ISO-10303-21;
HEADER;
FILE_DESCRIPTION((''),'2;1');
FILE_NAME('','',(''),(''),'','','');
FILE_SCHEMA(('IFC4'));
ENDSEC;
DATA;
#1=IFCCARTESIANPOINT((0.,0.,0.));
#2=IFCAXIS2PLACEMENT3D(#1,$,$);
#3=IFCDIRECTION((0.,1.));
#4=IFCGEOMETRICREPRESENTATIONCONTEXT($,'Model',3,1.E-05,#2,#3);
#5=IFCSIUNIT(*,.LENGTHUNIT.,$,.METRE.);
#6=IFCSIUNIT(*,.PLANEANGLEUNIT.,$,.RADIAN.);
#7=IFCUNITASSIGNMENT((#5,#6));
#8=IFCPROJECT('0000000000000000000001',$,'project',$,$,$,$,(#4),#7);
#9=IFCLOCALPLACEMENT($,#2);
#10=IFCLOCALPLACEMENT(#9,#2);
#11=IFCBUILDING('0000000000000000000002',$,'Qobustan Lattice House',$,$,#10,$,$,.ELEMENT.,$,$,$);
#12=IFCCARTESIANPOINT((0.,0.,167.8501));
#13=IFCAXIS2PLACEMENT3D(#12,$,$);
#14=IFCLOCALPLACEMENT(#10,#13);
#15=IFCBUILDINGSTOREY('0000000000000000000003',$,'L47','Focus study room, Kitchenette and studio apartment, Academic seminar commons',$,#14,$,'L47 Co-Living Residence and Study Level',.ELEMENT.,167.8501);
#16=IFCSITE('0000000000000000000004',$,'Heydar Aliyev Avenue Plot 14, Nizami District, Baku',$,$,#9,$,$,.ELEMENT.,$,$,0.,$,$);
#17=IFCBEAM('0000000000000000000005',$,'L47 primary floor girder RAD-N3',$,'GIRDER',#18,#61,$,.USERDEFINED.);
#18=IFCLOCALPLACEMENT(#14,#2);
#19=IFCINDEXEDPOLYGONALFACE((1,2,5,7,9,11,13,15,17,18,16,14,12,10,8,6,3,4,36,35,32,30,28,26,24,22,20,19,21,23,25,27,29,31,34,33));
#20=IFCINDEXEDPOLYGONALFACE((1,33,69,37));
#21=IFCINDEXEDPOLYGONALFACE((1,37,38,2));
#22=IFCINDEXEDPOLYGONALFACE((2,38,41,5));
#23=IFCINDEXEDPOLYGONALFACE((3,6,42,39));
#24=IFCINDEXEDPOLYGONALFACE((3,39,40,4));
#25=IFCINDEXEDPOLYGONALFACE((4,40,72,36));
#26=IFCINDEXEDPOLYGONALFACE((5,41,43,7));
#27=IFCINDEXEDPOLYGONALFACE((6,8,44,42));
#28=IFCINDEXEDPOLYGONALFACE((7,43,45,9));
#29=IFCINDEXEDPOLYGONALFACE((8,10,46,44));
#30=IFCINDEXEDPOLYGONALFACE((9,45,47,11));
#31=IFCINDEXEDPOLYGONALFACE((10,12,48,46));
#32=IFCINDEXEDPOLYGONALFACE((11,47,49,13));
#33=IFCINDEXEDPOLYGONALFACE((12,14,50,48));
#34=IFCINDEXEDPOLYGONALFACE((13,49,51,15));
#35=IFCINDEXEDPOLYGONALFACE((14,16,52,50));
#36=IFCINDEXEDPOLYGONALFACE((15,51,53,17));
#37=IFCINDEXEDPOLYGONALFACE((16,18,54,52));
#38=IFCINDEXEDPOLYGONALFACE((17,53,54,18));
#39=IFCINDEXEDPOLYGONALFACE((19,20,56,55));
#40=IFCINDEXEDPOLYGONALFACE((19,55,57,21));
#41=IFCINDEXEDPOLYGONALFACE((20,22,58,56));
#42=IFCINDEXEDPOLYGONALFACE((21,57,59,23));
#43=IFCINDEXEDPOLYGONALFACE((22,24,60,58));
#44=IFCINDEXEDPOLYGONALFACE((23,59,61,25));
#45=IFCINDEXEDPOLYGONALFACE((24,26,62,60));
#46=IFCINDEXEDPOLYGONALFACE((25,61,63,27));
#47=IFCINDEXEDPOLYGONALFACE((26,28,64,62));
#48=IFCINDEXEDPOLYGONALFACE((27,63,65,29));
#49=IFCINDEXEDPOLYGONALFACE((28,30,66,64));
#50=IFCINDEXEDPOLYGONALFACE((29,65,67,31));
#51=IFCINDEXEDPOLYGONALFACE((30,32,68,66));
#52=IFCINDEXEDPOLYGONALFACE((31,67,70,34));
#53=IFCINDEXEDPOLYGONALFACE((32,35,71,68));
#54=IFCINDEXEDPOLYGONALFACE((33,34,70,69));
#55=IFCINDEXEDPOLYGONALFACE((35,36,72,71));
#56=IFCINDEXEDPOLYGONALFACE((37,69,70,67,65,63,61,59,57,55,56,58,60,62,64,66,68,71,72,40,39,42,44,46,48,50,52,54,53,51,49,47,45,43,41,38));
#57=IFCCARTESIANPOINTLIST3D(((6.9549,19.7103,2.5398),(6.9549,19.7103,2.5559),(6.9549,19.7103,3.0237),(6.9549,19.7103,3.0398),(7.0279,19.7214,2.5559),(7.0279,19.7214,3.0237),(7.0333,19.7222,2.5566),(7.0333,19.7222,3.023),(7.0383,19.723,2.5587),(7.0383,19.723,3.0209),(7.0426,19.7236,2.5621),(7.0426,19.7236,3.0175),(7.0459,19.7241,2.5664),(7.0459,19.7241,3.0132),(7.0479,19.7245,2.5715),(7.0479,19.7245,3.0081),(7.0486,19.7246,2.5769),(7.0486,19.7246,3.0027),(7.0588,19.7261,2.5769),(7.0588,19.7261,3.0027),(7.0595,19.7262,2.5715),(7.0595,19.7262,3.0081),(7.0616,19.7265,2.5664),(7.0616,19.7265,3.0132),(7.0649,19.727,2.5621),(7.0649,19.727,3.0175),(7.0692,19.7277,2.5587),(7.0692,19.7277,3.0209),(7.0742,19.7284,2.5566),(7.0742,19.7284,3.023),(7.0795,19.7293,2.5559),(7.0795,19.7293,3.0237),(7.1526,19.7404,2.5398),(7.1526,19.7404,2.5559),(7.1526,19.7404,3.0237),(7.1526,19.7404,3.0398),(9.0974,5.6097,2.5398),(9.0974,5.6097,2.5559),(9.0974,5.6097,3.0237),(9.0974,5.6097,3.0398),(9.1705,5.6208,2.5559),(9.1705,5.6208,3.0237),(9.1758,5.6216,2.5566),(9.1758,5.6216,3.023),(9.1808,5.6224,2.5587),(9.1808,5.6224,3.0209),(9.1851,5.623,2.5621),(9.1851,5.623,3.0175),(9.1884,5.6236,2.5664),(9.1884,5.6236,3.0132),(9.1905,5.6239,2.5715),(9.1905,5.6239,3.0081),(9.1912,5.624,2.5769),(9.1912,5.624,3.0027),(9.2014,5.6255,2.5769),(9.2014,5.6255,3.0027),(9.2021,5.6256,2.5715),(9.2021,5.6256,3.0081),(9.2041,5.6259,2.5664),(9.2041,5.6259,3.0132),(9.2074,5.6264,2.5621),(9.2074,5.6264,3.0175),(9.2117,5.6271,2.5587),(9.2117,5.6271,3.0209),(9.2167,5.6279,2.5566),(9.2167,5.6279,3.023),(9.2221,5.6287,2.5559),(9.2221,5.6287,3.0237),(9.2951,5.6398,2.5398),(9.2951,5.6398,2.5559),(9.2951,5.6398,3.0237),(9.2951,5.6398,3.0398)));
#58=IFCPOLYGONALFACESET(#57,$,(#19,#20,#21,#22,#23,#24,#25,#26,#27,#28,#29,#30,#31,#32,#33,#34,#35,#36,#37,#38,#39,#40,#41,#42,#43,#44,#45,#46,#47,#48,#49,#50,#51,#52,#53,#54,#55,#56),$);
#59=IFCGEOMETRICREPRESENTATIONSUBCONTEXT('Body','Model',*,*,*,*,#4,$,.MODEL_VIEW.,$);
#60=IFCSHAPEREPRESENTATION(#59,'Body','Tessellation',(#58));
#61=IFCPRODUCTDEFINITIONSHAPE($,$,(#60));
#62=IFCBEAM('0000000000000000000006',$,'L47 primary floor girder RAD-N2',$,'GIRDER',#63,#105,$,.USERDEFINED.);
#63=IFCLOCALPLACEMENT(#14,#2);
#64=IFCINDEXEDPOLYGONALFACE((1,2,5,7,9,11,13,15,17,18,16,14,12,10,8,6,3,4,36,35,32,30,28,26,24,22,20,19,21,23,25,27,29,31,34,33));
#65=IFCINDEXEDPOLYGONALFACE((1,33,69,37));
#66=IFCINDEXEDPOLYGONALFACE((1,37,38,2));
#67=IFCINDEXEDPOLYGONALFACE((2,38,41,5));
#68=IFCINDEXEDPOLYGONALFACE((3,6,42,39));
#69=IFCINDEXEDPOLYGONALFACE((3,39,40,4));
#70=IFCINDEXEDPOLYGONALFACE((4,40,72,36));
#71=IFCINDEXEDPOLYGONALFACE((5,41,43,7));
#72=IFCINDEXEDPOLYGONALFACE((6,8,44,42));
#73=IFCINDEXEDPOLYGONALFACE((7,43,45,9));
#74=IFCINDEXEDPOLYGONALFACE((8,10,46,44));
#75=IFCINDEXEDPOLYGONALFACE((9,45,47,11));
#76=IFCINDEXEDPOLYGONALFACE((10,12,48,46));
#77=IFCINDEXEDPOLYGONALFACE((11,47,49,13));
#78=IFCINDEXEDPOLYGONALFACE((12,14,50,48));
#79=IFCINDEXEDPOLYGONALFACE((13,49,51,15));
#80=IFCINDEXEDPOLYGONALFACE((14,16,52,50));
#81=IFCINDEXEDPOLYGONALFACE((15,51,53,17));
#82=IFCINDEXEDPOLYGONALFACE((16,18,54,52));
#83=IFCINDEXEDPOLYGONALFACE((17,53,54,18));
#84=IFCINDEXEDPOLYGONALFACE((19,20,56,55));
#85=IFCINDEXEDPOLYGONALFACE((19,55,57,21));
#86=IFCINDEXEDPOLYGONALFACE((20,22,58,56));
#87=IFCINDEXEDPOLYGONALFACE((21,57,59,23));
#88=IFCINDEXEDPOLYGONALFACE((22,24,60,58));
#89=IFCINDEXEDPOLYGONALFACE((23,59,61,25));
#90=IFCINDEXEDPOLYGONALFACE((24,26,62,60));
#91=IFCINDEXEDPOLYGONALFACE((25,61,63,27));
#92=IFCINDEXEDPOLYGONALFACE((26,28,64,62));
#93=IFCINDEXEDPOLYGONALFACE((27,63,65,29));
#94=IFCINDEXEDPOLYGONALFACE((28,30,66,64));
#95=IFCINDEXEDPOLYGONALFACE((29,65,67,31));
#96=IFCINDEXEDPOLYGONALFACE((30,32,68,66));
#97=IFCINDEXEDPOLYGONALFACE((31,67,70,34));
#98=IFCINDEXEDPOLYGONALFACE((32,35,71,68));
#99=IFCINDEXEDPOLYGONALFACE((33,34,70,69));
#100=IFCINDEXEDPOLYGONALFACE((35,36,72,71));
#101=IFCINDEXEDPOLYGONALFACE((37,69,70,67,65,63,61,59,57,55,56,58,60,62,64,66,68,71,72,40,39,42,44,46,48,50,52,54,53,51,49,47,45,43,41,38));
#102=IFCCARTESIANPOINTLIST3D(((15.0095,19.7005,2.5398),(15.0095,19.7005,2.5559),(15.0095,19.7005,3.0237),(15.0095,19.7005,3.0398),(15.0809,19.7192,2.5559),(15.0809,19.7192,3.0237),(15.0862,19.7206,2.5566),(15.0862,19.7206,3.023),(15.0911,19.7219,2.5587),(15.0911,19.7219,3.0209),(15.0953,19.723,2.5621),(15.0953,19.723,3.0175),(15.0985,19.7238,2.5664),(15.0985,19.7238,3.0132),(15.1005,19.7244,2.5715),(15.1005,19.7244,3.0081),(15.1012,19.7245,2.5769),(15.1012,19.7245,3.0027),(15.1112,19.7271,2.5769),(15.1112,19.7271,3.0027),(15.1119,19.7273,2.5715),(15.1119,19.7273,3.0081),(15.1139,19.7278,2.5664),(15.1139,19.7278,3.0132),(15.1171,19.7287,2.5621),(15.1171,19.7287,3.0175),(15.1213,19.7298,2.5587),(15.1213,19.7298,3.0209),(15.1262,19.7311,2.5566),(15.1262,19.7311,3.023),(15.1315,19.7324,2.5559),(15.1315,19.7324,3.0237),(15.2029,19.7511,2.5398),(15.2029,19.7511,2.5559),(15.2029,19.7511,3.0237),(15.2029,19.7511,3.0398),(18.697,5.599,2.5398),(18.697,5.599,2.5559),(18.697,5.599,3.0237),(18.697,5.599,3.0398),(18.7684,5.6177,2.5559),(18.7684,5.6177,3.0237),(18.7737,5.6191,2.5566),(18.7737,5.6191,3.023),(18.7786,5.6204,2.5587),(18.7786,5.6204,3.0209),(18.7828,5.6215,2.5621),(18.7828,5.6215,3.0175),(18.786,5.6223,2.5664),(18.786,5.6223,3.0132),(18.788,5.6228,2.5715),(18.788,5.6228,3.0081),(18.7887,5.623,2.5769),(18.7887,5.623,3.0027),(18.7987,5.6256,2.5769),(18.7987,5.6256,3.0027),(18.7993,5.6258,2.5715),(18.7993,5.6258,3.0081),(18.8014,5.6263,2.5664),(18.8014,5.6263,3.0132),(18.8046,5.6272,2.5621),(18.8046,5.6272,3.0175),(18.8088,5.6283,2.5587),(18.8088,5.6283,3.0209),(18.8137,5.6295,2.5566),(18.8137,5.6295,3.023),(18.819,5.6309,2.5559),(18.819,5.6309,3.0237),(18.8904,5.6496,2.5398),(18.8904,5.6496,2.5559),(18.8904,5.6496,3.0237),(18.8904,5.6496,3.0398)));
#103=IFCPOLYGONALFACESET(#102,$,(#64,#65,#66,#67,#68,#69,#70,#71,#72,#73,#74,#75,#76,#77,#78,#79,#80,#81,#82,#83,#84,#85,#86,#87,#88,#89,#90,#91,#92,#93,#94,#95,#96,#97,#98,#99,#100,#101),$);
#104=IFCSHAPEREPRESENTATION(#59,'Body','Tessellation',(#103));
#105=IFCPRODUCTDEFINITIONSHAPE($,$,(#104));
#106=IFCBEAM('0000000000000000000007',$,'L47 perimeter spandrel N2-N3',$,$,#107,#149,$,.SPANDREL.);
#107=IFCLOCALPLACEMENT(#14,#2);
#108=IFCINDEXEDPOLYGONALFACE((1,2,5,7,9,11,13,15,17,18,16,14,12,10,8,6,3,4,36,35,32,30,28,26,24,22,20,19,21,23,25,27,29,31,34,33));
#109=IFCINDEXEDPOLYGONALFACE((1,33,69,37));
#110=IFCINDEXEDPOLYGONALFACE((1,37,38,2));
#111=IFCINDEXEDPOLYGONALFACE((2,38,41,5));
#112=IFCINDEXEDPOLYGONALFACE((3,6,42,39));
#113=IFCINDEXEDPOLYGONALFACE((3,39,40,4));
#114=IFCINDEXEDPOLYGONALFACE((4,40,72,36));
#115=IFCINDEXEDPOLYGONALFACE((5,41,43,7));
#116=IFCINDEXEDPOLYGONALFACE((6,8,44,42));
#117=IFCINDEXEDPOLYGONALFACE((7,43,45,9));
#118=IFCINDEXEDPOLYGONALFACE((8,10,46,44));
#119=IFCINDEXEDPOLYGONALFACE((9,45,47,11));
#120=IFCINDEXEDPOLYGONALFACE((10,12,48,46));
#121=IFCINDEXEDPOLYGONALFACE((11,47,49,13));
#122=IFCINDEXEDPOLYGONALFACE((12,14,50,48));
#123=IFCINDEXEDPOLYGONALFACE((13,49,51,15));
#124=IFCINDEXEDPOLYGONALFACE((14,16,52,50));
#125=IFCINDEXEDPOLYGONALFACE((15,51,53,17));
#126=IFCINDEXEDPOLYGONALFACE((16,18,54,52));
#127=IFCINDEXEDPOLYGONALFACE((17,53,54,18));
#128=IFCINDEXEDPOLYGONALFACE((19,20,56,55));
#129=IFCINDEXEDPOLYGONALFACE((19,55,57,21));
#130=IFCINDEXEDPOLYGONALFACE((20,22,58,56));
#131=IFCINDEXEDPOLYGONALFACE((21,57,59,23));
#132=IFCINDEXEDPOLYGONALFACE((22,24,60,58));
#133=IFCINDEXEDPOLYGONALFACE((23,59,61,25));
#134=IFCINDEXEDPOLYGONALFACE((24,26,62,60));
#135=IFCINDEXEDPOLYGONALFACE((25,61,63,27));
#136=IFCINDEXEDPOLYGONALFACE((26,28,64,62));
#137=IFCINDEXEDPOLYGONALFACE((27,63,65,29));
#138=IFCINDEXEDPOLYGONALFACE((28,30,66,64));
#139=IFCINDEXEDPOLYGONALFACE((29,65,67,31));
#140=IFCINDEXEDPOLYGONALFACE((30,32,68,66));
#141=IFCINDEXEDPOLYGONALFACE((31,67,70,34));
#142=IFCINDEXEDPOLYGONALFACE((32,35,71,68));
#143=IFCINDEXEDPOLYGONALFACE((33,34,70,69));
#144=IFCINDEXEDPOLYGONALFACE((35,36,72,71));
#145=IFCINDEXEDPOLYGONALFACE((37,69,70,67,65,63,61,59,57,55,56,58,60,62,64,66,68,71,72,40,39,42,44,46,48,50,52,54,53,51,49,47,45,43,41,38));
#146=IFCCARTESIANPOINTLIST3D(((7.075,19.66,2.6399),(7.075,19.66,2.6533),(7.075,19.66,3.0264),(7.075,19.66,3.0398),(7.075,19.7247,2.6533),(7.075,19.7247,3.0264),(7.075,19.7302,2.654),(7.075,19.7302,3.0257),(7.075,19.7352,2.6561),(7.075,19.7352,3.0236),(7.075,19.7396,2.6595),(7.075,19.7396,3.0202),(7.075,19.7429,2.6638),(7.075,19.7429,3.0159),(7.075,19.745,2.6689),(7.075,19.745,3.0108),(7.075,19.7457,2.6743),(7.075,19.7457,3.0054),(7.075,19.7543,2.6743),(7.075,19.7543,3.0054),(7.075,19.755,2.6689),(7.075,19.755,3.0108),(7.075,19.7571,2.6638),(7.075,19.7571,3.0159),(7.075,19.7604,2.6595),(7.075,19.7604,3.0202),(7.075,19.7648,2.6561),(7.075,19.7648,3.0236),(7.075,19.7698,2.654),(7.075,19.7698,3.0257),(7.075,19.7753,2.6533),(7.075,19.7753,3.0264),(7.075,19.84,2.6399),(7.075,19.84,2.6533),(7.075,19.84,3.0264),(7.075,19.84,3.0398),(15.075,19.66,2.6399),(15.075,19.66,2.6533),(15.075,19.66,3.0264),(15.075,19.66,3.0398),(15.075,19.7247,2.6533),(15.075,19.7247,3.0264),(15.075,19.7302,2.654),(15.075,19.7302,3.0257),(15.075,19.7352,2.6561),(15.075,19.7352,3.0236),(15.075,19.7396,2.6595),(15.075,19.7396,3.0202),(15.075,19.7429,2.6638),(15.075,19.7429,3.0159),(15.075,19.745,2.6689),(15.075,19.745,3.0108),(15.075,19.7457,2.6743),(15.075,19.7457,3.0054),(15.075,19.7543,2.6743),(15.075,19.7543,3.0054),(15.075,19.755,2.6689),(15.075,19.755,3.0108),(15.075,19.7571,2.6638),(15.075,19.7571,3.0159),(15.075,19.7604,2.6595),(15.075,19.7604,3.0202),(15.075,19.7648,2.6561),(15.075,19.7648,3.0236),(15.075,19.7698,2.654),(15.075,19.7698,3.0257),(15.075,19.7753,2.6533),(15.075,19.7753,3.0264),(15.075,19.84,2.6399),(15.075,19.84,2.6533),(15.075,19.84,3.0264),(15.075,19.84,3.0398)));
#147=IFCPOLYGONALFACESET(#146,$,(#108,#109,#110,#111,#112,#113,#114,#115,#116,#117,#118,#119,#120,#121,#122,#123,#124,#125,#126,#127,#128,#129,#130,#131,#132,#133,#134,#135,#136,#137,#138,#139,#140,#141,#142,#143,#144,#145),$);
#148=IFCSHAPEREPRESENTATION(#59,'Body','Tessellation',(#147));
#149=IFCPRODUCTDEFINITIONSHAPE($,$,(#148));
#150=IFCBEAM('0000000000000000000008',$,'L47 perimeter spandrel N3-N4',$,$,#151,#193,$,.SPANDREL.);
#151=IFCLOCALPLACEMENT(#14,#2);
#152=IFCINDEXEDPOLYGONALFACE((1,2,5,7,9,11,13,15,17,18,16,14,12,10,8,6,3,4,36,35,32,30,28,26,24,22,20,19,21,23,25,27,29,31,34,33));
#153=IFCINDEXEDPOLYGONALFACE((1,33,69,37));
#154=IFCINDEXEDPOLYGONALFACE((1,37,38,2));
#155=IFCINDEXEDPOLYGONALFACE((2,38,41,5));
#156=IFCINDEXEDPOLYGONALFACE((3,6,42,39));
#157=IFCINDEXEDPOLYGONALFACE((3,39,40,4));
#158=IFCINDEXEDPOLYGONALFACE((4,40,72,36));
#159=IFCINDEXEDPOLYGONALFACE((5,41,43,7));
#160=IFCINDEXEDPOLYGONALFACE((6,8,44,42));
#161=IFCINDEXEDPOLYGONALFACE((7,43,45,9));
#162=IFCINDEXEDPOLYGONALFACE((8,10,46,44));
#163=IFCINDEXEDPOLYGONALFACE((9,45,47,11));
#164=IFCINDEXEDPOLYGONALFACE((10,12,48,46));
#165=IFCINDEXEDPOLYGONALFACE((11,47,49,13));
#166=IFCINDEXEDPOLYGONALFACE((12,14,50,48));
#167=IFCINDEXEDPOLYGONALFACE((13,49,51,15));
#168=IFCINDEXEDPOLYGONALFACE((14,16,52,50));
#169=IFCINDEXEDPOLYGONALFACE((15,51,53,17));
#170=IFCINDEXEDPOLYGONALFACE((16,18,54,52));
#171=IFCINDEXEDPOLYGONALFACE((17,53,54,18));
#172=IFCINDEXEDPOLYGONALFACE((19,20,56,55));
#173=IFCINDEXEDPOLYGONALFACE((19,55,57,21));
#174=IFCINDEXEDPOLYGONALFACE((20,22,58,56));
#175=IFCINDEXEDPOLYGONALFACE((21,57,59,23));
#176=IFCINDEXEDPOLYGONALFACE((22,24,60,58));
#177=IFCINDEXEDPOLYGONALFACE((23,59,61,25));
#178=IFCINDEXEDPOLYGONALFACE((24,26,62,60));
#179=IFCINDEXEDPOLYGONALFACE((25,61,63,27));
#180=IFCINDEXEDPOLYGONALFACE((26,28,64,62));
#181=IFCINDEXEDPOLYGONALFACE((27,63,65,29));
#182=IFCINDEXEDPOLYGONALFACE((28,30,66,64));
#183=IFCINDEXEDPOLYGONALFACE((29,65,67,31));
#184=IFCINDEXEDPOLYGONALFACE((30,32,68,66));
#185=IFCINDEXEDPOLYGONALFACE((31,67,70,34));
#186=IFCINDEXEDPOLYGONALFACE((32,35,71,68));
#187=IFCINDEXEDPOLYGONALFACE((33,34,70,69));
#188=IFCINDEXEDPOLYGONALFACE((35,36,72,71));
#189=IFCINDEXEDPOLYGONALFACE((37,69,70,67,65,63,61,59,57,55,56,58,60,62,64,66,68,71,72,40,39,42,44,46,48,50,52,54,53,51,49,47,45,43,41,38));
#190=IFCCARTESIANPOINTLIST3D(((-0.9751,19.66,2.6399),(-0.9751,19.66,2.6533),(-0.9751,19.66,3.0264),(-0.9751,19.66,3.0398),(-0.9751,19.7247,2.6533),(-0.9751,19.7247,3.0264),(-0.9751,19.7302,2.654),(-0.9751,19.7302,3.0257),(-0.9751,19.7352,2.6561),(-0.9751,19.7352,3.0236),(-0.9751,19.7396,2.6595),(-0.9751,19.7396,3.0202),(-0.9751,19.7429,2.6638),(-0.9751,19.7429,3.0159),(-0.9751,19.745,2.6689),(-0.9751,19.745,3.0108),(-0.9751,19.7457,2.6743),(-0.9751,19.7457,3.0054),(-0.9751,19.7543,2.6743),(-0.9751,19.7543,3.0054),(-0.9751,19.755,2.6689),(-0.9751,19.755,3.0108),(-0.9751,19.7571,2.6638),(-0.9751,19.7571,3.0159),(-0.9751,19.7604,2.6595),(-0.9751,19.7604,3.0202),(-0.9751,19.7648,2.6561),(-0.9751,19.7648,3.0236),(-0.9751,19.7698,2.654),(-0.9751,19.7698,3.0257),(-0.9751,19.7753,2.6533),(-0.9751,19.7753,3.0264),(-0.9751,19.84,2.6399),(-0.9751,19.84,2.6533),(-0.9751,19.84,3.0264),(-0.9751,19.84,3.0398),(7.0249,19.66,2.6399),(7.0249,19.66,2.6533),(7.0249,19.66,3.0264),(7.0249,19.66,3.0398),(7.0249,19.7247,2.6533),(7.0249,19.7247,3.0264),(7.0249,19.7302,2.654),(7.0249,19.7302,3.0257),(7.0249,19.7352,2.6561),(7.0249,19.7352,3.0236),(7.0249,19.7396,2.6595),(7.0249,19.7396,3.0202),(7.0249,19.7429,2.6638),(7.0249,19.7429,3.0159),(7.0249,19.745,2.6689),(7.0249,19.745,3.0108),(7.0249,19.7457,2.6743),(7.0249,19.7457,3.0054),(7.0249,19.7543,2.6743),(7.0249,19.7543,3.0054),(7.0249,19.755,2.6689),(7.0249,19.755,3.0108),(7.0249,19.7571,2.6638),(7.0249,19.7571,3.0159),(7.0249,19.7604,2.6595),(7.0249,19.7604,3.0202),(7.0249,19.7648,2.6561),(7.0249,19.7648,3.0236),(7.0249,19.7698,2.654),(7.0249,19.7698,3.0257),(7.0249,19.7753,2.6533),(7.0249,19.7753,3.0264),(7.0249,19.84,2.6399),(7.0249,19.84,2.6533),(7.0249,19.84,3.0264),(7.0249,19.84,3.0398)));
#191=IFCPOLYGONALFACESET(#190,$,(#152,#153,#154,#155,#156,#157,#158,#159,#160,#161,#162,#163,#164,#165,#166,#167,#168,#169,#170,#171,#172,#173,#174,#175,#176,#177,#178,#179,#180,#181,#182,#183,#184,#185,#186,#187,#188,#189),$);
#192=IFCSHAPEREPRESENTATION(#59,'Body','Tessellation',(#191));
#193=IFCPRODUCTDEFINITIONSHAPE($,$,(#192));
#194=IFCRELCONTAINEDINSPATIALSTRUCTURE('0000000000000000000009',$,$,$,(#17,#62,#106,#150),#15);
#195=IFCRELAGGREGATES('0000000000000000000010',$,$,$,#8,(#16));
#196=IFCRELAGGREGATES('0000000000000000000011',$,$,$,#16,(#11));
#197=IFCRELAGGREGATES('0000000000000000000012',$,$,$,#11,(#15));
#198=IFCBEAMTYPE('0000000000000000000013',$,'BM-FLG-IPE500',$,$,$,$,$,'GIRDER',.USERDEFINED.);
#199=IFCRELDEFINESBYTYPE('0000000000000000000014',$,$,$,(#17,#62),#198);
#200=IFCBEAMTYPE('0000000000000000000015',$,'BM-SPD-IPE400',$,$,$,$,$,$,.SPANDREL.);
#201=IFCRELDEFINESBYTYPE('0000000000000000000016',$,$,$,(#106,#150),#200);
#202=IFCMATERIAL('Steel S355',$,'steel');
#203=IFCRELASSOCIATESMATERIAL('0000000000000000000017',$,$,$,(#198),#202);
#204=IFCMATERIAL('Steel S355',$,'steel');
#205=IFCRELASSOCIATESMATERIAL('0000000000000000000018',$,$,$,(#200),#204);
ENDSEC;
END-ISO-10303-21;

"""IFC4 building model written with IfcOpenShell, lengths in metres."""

from ifc_helpers import new_model, si_unit, direction, frame, origin, origin_2d, place, context, subcontext, project, spatial, i_section, extrude, material, material_profile, profile_set, type_object, element, save


model = new_model("IFC4")

# Units and contexts
model_context = context("Model", 3, precision=1e-05, world=origin(), true_north=direction((0.0, 1.0)))
body_context = subcontext(model_context, "Body", "Model", "MODEL_VIEW")
ifc_project = project(units=[si_unit("LENGTHUNIT", "METRE"), si_unit("PLANEANGLEUNIT", "RADIAN")], contexts=[model_context])

# Site, building, storey
site_placement = place(None, origin())
site = spatial("IfcSite", under=ifc_project, at=site_placement, Name="Heydar Aliyev Avenue Plot 14, Nizami District, Baku", CompositionType="ELEMENT", RefElevation=0.0)
building_placement = place(site_placement, origin())
building = spatial("IfcBuilding", under=site, at=building_placement, Name="Qobustan Lattice House", CompositionType="ELEMENT")
storey_placement = place(building_placement, frame((0.0, 0.0, 167.8501)))
storey = spatial("IfcBuildingStorey", under=building, at=storey_placement, Name="L47", Description="Focus study room, Kitchenette and studio apartment, Academic seminar commons", LongName="L47 Co-Living Residence and Study Level", CompositionType="ELEMENT", Elevation=167.8501)

# Beams
ifc_material_1 = material(Name="Steel S355", Category="steel")
ifc_material_profile_1 = material_profile(ifc_material_1, i_section(OverallWidth=0.2, OverallDepth=0.5, WebThickness=0.0103, FlangeThickness=0.0161, FilletRadius=0.021, at=origin_2d()), Name="IPE500")
ifc_profile_set_1 = profile_set([ifc_material_profile_1], Name="Steel S355")
beam_type_1 = type_object("IfcBeamType", Name="BM-FLG-IPE500", ElementType="GIRDER", PredefinedType="USERDEFINED", material=ifc_profile_set_1)
beam_1_placement = place(storey_placement, frame((7.0537, 19.7253, 2.7898), z_axis=(0.150225, -0.988652, 0.0), x_axis=(0.988652, 0.150225, 0.0)))
element("IfcBeam", 1, at=beam_1_placement, inside=storey, type_object=beam_type_1, Name="L47 primary floor girder RAD-N3", ObjectType="GIRDER", PredefinedType="USERDEFINED", context=body_context, shape_type="SweptSolid", body=[
    extrude(i_section(OverallWidth=0.2, OverallDepth=0.5, WebThickness=0.0103, FlangeThickness=0.0161, FilletRadius=0.021, at=origin_2d()), origin(), (0.0, 0.0, 1.0), 14.2625),
])
beam_2_placement = place(storey_placement, frame((15.1062, 19.7258, 2.7898), z_axis=(0.252989, -0.967469, 0.0), x_axis=(0.967469, 0.252989, 0.0)))
element("IfcBeam", 2, at=beam_2_placement, inside=storey, type_object=beam_type_1, Name="L47 primary floor girder RAD-N2", ObjectType="GIRDER", PredefinedType="USERDEFINED", context=body_context, shape_type="SweptSolid", body=[
    extrude(i_section(OverallWidth=0.2, OverallDepth=0.5, WebThickness=0.0103, FlangeThickness=0.0161, FilletRadius=0.021, at=origin_2d()), origin(), (0.0, 0.0, 1.0), 14.5757),
])
ifc_material_2 = material(Name="Steel S355", Category="steel")
ifc_material_profile_2 = material_profile(ifc_material_2, i_section(OverallWidth=0.1799, OverallDepth=0.3999, WebThickness=0.0085, FlangeThickness=0.0134, FilletRadius=0.021, at=origin_2d()), Name="IPE400")
ifc_profile_set_2 = profile_set([ifc_material_profile_2], Name="Steel S355")
beam_type_2 = type_object("IfcBeamType", Name="BM-SPD-IPE400", PredefinedType="SPANDREL", material=ifc_profile_set_2)
for number, where, z_axis, x_axis, name in (
    (3, (15.075, 19.75, 2.8398), (-1.0, 0.0, 0.0), (0.0, -1.0, 0.0), "L47 perimeter spandrel N2-N3"),
    (4, (7.0249, 19.75, 2.8398), (-1.0, 0.0, 0.0), (0.0, -1.0, 0.0), "L47 perimeter spandrel N3-N4"),
):
    element("IfcBeam", number, at=place(storey_placement, frame(where, z_axis=z_axis, x_axis=x_axis)), inside=storey, type_object=beam_type_2, Name=name, PredefinedType="SPANDREL", context=body_context, shape_type="SweptSolid", body=[
        extrude(i_section(OverallWidth=0.1799, OverallDepth=0.3999, WebThickness=0.0085, FlangeThickness=0.0134, FilletRadius=0.021, at=origin_2d()), origin(), (0.0, 0.0, 1.0), 8.0),
    ])

save(model, "model.ifc")
